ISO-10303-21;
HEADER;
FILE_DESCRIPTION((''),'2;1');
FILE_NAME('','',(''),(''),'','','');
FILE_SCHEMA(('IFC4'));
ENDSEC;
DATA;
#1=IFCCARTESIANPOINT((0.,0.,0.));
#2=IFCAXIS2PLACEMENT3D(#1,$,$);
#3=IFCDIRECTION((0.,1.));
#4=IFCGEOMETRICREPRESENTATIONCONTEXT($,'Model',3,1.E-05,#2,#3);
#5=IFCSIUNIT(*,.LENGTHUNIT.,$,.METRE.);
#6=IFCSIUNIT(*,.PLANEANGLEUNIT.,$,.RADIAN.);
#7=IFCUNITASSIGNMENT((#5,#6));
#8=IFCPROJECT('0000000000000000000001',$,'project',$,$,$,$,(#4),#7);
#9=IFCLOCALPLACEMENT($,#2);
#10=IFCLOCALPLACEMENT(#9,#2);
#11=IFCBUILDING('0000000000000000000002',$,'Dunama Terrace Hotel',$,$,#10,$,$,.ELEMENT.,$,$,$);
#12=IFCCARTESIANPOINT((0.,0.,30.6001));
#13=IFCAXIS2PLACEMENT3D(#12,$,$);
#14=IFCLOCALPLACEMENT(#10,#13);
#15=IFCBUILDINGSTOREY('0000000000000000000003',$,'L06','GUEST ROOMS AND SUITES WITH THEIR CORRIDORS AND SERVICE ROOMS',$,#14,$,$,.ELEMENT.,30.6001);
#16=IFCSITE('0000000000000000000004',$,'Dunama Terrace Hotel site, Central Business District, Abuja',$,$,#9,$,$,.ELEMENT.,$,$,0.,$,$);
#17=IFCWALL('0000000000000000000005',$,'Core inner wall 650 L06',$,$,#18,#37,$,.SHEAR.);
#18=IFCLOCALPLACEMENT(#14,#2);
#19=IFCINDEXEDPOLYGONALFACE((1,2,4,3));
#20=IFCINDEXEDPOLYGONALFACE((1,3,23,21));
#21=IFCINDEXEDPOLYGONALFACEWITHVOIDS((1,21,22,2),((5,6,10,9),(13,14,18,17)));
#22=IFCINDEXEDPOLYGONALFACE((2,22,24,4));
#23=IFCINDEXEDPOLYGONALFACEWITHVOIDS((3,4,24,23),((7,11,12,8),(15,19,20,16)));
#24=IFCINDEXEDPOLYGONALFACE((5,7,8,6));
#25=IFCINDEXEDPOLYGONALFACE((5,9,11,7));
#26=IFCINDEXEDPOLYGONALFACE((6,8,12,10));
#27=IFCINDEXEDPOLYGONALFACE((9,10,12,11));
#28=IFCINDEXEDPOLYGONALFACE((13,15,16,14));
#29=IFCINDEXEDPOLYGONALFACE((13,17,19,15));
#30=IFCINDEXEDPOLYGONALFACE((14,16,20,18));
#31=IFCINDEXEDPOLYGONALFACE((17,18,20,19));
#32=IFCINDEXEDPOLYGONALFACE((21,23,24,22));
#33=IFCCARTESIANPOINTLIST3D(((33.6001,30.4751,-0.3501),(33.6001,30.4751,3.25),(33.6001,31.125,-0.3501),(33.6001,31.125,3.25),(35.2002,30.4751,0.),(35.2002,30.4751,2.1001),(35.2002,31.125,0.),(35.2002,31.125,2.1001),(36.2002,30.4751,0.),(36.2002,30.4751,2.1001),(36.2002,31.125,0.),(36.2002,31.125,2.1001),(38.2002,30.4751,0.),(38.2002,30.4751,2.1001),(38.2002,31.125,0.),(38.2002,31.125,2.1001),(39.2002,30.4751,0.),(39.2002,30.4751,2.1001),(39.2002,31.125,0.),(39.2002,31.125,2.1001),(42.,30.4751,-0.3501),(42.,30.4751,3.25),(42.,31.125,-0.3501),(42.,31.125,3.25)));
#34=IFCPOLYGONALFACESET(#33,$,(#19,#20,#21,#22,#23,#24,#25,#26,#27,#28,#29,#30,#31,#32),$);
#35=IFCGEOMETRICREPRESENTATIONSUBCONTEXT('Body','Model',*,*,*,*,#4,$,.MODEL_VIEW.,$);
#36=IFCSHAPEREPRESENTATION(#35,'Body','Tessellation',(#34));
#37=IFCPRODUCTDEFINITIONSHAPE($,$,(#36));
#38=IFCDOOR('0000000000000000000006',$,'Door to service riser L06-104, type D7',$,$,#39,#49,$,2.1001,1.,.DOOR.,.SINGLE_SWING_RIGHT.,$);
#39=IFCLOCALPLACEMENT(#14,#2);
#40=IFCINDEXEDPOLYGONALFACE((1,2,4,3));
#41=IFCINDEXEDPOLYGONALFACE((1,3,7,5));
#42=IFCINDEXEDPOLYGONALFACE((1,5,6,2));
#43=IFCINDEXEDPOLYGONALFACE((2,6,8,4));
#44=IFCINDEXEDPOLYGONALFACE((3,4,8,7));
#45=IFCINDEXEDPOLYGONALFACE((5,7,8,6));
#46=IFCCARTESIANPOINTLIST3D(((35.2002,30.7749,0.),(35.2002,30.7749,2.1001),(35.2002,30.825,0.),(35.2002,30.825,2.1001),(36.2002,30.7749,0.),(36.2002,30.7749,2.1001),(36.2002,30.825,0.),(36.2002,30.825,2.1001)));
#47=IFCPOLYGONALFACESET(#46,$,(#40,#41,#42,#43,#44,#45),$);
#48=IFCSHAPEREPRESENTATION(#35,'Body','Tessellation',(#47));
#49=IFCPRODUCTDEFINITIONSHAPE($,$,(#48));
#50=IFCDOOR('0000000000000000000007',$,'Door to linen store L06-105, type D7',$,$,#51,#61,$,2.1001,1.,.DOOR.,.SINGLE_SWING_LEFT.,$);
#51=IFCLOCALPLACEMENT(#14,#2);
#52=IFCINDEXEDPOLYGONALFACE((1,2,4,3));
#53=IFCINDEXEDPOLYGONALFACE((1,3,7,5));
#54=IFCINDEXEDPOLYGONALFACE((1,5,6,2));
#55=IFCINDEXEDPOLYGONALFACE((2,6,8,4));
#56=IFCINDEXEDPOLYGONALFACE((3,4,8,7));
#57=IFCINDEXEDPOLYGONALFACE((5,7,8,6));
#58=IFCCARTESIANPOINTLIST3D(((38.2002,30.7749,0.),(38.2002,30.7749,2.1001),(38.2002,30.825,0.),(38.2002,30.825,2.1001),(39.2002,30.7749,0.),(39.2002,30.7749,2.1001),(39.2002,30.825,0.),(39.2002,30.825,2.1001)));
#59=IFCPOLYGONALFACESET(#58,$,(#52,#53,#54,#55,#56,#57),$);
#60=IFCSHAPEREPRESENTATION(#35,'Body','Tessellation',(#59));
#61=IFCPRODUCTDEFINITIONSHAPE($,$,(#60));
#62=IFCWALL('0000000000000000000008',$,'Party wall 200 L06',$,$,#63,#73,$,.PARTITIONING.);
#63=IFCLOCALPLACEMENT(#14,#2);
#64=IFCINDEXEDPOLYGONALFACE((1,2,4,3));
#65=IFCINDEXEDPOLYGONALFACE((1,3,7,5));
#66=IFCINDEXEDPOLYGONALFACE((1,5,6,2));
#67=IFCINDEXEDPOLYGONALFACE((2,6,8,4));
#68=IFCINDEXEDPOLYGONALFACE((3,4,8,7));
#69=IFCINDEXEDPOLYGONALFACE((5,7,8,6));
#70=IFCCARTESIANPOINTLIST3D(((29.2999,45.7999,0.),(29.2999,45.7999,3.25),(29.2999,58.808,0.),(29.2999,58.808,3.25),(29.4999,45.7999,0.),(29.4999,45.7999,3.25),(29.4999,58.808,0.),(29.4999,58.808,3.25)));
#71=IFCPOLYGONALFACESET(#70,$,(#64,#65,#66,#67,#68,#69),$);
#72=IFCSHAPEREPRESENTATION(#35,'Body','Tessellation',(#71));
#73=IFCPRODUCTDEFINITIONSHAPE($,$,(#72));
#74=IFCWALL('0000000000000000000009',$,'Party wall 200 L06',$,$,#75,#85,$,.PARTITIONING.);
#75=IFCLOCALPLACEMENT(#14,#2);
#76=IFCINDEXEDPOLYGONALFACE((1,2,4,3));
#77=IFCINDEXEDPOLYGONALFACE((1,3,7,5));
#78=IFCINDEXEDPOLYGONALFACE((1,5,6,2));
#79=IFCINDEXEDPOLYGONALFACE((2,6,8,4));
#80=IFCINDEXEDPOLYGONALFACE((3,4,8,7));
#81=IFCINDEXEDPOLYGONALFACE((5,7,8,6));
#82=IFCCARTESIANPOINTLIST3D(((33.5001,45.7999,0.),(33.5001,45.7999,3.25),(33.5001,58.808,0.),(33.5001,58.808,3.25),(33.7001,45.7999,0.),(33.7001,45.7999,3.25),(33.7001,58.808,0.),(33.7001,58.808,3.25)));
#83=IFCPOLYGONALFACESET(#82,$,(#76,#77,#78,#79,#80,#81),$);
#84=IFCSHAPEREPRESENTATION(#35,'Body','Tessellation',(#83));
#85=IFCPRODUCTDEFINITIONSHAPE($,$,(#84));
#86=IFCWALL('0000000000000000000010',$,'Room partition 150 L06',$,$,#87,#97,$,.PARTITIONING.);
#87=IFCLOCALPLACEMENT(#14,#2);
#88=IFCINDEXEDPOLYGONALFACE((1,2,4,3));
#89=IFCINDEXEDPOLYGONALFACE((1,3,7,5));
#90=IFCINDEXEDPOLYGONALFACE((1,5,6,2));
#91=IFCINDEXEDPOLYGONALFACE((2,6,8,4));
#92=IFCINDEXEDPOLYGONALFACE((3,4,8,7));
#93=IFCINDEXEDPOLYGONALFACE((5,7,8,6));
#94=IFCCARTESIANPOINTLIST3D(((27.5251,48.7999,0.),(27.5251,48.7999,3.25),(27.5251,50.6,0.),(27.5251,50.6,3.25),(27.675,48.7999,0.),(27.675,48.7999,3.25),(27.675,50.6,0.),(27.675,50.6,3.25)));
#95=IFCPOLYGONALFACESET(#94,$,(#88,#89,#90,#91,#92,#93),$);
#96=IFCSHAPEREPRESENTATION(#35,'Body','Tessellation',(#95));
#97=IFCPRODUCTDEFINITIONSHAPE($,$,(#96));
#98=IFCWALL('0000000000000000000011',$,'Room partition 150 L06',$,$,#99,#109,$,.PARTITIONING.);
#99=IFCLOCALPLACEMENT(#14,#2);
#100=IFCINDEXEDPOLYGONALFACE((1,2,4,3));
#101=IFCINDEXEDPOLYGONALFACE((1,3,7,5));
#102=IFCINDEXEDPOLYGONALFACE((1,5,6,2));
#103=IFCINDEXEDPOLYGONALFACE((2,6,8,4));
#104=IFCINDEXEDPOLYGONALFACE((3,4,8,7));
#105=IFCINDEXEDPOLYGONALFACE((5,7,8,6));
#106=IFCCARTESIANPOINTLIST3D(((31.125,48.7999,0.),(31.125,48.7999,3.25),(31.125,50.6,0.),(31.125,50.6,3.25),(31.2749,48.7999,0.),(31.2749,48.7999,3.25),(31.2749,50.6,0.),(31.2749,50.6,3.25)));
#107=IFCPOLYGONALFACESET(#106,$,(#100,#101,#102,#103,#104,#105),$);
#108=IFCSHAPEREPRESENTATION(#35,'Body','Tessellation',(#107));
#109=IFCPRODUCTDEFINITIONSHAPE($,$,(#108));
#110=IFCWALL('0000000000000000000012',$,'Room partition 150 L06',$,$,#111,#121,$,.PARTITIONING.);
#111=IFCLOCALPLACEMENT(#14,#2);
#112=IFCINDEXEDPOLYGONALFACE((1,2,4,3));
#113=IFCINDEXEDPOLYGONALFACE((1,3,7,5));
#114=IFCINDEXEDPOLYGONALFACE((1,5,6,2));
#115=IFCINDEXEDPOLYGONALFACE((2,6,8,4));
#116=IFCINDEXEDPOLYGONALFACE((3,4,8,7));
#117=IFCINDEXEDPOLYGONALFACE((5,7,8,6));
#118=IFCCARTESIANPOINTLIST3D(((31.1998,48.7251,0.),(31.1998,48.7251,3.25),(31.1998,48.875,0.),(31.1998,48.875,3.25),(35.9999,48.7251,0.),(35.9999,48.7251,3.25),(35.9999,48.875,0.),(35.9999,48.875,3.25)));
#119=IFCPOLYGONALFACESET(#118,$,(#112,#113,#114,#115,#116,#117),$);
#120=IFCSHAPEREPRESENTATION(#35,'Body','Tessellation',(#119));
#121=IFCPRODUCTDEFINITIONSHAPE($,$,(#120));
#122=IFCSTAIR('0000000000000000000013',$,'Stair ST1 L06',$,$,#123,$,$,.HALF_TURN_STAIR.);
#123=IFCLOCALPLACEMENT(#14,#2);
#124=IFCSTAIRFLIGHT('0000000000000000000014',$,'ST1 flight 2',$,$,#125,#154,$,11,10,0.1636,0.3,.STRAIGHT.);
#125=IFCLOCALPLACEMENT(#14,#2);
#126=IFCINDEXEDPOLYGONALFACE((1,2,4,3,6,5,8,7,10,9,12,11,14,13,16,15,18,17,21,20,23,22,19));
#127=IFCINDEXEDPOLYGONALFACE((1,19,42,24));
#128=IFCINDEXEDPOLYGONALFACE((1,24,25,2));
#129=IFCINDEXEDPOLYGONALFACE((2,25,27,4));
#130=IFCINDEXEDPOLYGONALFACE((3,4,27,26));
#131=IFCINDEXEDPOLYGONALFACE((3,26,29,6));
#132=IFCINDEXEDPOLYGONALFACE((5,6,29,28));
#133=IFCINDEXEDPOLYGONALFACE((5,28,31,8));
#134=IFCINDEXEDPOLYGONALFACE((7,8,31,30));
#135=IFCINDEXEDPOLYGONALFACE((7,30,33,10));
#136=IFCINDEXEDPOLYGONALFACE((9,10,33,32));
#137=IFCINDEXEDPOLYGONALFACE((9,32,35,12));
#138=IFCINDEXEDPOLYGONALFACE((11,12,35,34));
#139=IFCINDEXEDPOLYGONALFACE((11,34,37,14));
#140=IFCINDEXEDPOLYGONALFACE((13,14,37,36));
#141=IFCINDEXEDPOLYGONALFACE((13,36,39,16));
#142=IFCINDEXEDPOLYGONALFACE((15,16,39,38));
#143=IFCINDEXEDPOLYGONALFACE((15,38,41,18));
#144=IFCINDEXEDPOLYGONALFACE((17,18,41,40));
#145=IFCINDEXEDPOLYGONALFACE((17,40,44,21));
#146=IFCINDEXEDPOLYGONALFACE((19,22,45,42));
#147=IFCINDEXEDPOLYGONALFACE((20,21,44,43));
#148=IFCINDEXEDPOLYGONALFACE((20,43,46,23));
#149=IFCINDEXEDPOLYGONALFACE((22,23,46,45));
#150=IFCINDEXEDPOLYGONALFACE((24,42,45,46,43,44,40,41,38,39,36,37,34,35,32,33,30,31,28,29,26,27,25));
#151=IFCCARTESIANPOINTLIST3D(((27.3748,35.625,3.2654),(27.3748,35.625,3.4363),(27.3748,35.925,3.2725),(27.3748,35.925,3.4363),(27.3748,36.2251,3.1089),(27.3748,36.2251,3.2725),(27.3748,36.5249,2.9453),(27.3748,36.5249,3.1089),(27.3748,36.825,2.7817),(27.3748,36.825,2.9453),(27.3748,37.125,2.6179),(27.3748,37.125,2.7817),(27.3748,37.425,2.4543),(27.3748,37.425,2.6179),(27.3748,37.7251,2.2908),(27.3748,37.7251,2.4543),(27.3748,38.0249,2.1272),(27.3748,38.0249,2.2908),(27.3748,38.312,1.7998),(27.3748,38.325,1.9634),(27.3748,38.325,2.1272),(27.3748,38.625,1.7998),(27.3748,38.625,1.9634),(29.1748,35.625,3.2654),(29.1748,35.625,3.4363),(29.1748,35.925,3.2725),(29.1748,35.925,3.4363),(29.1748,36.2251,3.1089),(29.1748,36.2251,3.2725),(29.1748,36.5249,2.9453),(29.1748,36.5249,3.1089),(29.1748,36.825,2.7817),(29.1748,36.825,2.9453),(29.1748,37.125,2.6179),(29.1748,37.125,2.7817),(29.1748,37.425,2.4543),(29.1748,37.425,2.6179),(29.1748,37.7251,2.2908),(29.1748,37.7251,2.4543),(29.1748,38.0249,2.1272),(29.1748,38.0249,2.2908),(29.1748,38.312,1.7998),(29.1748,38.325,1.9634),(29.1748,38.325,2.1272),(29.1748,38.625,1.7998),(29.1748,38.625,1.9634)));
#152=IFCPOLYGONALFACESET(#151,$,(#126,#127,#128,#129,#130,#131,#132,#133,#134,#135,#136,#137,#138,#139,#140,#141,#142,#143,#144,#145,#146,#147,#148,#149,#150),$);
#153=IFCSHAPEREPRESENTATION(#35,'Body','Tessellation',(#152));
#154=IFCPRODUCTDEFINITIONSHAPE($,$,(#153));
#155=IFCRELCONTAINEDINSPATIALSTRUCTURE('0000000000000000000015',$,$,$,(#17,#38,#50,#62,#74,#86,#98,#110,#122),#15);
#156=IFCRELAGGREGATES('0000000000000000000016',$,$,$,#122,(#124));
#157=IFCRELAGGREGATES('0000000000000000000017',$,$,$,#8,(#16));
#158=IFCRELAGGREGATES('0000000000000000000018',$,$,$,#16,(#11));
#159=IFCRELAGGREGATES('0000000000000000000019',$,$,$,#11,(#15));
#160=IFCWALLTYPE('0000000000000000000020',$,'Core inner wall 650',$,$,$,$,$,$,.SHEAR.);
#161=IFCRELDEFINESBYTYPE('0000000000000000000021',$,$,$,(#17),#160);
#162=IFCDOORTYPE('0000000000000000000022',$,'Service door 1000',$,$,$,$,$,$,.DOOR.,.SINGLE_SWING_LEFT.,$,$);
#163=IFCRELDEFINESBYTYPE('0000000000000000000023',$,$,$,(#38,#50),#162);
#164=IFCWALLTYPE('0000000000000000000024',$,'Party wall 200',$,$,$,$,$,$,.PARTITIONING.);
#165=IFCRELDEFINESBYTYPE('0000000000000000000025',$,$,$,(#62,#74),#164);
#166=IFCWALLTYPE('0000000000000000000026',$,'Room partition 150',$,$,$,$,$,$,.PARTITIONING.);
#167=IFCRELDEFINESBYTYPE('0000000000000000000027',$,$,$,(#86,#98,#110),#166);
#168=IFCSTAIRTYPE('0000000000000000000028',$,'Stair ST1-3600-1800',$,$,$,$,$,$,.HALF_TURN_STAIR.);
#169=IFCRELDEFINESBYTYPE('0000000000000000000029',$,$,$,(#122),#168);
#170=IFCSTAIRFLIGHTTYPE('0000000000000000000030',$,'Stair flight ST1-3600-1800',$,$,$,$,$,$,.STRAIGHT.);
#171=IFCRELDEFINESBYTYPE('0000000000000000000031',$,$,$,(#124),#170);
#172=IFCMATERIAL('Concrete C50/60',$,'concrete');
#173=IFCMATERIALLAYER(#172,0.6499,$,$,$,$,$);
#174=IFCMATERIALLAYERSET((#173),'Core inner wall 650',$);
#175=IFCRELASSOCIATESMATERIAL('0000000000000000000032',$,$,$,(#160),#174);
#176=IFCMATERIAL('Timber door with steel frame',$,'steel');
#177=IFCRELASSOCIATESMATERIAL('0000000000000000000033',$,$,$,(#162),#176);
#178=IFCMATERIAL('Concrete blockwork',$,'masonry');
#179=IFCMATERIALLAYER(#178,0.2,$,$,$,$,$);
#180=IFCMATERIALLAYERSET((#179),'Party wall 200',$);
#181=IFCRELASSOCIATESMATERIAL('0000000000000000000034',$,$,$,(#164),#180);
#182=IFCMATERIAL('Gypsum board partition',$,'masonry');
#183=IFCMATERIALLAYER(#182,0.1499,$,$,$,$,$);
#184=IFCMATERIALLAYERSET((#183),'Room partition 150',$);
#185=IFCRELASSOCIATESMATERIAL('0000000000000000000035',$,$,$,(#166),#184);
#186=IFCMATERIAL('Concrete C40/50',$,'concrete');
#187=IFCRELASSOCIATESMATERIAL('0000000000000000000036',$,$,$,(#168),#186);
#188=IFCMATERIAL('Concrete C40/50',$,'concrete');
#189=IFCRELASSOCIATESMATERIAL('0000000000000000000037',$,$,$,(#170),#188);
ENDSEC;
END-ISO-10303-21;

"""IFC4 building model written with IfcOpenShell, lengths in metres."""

from ifc_helpers import new_model, si_unit, direction, frame, frame_2d, origin, place, context, subcontext, project, spatial, polyline, rectangle, outline, extrude, material, layer, layer_set, type_object, element, fill, aggregate, save


model = new_model("IFC4")

# Units and contexts
model_context = context("Model", 3, precision=1e-05, world=origin(), true_north=direction((0.0, 1.0)))
body_context = subcontext(model_context, "Body", "Model", "MODEL_VIEW")
ifc_project = project(units=[si_unit("LENGTHUNIT", "METRE"), si_unit("PLANEANGLEUNIT", "RADIAN")], contexts=[model_context])

# Site, building, storey
site_placement = place(None, origin())
site = spatial("IfcSite", under=ifc_project, at=site_placement, Name="Dunama Terrace Hotel site, Central Business District, Abuja", CompositionType="ELEMENT", RefElevation=0.0)
building_placement = place(site_placement, origin())
building = spatial("IfcBuilding", under=site, at=building_placement, Name="Dunama Terrace Hotel", CompositionType="ELEMENT")
storey_placement = place(building_placement, frame((0.0, 0.0, 30.6001)))
storey = spatial("IfcBuildingStorey", under=building, at=storey_placement, Name="L06", Description="GUEST ROOMS AND SUITES WITH THEIR CORRIDORS AND SERVICE ROOMS", CompositionType="ELEMENT", Elevation=30.6001)

# Wall, openings, doors
ifc_material_1 = material(Name="Concrete C50/60", Category="concrete")
ifc_layer_1 = layer(ifc_material_1, 0.6499)
ifc_layer_set_1 = layer_set([ifc_layer_1], Name="Core inner wall 650")
wall_type_1 = type_object("IfcWallType", Name="Core inner wall 650", PredefinedType="SHEAR", material=ifc_layer_set_1)
wall_1_placement = place(storey_placement, frame((33.6001, 30.8, -0.3501), z_axis=(0.0, 0.0, 1.0), x_axis=(1.0, 0.0, 0.0)))
wall_1 = element("IfcWall", 1, at=wall_1_placement, inside=storey, type_object=wall_type_1, Name="Core inner wall 650 L06", PredefinedType="SHEAR", context=body_context, shape_type="SweptSolid", body=[
    extrude(rectangle(XDim=8.3999, YDim=0.6499, at=frame_2d((4.2, 0.0))), origin(), (0.0, 0.0, 1.0), 3.6001),
])
opening_1_placement = place(wall_1_placement, frame((1.6001, 0.0, 0.3501)))
opening_1 = element("IfcOpeningElement", 2, at=opening_1_placement, cuts=wall_1, PredefinedType="OPENING", context=body_context, shape_type="SweptSolid", body=[
    extrude(rectangle(XDim=1.0, YDim=2.1001, at=frame_2d((0.5, 1.05))), frame((0.0, 0.335, 0.0), z_axis=(0.0, -1.0, 0.0), x_axis=(1.0, 0.0, 0.0)), (0.0, 0.0, 1.0), 0.6699),
])
opening_2_placement = place(wall_1_placement, frame((4.6001, 0.0, 0.3501)))
opening_2 = element("IfcOpeningElement", 3, at=opening_2_placement, cuts=wall_1, PredefinedType="OPENING", context=body_context, shape_type="SweptSolid", body=[
    extrude(rectangle(XDim=1.0, YDim=2.1001, at=frame_2d((0.5, 1.05))), frame((0.0, 0.335, 0.0), z_axis=(0.0, -1.0, 0.0), x_axis=(1.0, 0.0, 0.0)), (0.0, 0.0, 1.0), 0.6699),
])
ifc_material_2 = material(Name="Timber door with steel frame", Category="steel")
door_type_1 = type_object("IfcDoorType", Name="Service door 1000", OperationType="SINGLE_SWING_LEFT", PredefinedType="DOOR", material=ifc_material_2)
door_1_placement = place(opening_1_placement, origin())
door_1 = element("IfcDoor", 4, at=door_1_placement, inside=storey, type_object=door_type_1, Name="Door to service riser L06-104, type D7", OperationType="SINGLE_SWING_RIGHT", OverallHeight=2.1001, OverallWidth=1.0, PredefinedType="DOOR", context=body_context, shape_type="SweptSolid", body=[
    extrude(rectangle(XDim=1.0, YDim=2.1001, at=frame_2d((0.5, 1.05))), frame((0.0, 0.0249, 0.0), z_axis=(0.0, -1.0, 0.0), x_axis=(1.0, 0.0, 0.0)), (0.0, 0.0, 1.0), 0.05),
])
fill(opening_1, door_1)
door_2_placement = place(opening_2_placement, origin())
door_2 = element("IfcDoor", 5, at=door_2_placement, inside=storey, type_object=door_type_1, Name="Door to linen store L06-105, type D7", OperationType="SINGLE_SWING_LEFT", OverallHeight=2.1001, OverallWidth=1.0, PredefinedType="DOOR", context=body_context, shape_type="SweptSolid", body=[
    extrude(rectangle(XDim=1.0, YDim=2.1001, at=frame_2d((0.5, 1.05))), frame((0.0, 0.0249, 0.0), z_axis=(0.0, -1.0, 0.0), x_axis=(1.0, 0.0, 0.0)), (0.0, 0.0, 1.0), 0.05),
])
fill(opening_2, door_2)

# Walls
ifc_material_3 = material(Name="Concrete blockwork", Category="masonry")
ifc_layer_2 = layer(ifc_material_3, 0.2)
ifc_layer_set_2 = layer_set([ifc_layer_2], Name="Party wall 200")
wall_type_2 = type_object("IfcWallType", Name="Party wall 200", PredefinedType="PARTITIONING", material=ifc_layer_set_2)
for number, where, z_axis, x_axis, name in (
    (6, (29.3999, 45.8, 0.0), (0.0, 0.0, 1.0), (0.0, 1.0, 0.0), "Party wall 200 L06"),
    (7, (33.6001, 45.8, 0.0), (0.0, 0.0, 1.0), (0.0, 1.0, 0.0), "Party wall 200 L06"),
):
    element("IfcWall", number, at=place(storey_placement, frame(where, z_axis=z_axis, x_axis=x_axis)), inside=storey, type_object=wall_type_2, Name=name, PredefinedType="PARTITIONING", context=body_context, shape_type="SweptSolid", body=[
        extrude(rectangle(XDim=13.0081, YDim=0.2, at=frame_2d((6.5039, 0.0))), origin(), (0.0, 0.0, 1.0), 3.25),
    ])
ifc_material_4 = material(Name="Gypsum board partition", Category="masonry")
ifc_layer_3 = layer(ifc_material_4, 0.1499)
ifc_layer_set_3 = layer_set([ifc_layer_3], Name="Room partition 150")
wall_type_3 = type_object("IfcWallType", Name="Room partition 150", PredefinedType="PARTITIONING", material=ifc_layer_set_3)
for number, where, z_axis, x_axis, name in (
    (8, (27.6001, 48.8, 0.0), (0.0, 0.0, 1.0), (0.0, 1.0, 0.0), "Room partition 150 L06"),
    (9, (31.2, 48.8, 0.0), (0.0, 0.0, 1.0), (0.0, 1.0, 0.0), "Room partition 150 L06"),
):
    element("IfcWall", number, at=place(storey_placement, frame(where, z_axis=z_axis, x_axis=x_axis)), inside=storey, type_object=wall_type_3, Name=name, PredefinedType="PARTITIONING", context=body_context, shape_type="SweptSolid", body=[
        extrude(rectangle(XDim=1.8, YDim=0.1499, at=frame_2d((0.8999, 0.0))), origin(), (0.0, 0.0, 1.0), 3.25),
    ])
wall_2_placement = place(storey_placement, frame((31.2, 48.8, 0.0), z_axis=(0.0, 0.0, 1.0), x_axis=(1.0, 0.0, 0.0)))
element("IfcWall", 10, at=wall_2_placement, inside=storey, type_object=wall_type_3, Name="Room partition 150 L06", PredefinedType="PARTITIONING", context=body_context, shape_type="SweptSolid", body=[
    extrude(rectangle(XDim=4.8, YDim=0.1499, at=frame_2d((2.3999, 0.0))), origin(), (0.0, 0.0, 1.0), 3.25),
])

# Stair, stair flight
ifc_material_5 = material(Name="Concrete C40/50", Category="concrete")
stair_type = type_object("IfcStairType", Name="Stair ST1-3600-1800", PredefinedType="HALF_TURN_STAIR", material=ifc_material_5)
stair_placement = place(storey_placement, origin())
stair = element("IfcStair", 11, at=stair_placement, inside=storey, type_object=stair_type, Name="Stair ST1 L06", PredefinedType="HALF_TURN_STAIR")
ifc_material_6 = material(Name="Concrete C40/50", Category="concrete")
stair_flight_type = type_object("IfcStairFlightType", Name="Stair flight ST1-3600-1800", PredefinedType="STRAIGHT", material=ifc_material_6)
stair_flight_placement = place(storey_placement, frame((28.2749, 38.625, 1.7998), z_axis=(0.0, 0.0, 1.0), x_axis=(0.0, -1.0, 0.0)))
stair_flight = element("IfcStairFlight", 12, at=stair_flight_placement, type_object=stair_flight_type, Name="ST1 flight 2", NumberOfRisers=11, NumberOfTreads=10, PredefinedType="STRAIGHT", RiserHeight=0.1636, TreadLength=0.3, context=body_context, shape_type="SweptSolid", body=[
    extrude(outline(polyline([(0.0, 0.0), (0.0, 0.1636), (0.3, 0.1636), (0.3, 0.3274), (0.6001, 0.3274), (0.6001, 0.491), (0.8999, 0.491), (0.8999, 0.6545), (1.2, 0.6545), (1.2, 0.8181), (1.5, 0.8181), (1.5, 0.9819), (1.8, 0.9819), (1.8, 1.1455), (2.1001, 1.1455), (2.1001, 1.3091), (2.3999, 1.3091), (2.3999, 1.4727), (2.7, 1.4727), (2.7, 1.6365), (3.0, 1.6365), (3.0, 1.8), (3.0, 1.4656), (0.313, 0.0), (0.0, 0.0)])), frame((0.0, 0.8999, 0.0), z_axis=(0.0, -1.0, 0.0), x_axis=(1.0, 0.0, 0.0)), (0.0, 0.0, 1.0), 1.8),
])
aggregate(stair, [stair_flight])

save(model, "model.ifc")
